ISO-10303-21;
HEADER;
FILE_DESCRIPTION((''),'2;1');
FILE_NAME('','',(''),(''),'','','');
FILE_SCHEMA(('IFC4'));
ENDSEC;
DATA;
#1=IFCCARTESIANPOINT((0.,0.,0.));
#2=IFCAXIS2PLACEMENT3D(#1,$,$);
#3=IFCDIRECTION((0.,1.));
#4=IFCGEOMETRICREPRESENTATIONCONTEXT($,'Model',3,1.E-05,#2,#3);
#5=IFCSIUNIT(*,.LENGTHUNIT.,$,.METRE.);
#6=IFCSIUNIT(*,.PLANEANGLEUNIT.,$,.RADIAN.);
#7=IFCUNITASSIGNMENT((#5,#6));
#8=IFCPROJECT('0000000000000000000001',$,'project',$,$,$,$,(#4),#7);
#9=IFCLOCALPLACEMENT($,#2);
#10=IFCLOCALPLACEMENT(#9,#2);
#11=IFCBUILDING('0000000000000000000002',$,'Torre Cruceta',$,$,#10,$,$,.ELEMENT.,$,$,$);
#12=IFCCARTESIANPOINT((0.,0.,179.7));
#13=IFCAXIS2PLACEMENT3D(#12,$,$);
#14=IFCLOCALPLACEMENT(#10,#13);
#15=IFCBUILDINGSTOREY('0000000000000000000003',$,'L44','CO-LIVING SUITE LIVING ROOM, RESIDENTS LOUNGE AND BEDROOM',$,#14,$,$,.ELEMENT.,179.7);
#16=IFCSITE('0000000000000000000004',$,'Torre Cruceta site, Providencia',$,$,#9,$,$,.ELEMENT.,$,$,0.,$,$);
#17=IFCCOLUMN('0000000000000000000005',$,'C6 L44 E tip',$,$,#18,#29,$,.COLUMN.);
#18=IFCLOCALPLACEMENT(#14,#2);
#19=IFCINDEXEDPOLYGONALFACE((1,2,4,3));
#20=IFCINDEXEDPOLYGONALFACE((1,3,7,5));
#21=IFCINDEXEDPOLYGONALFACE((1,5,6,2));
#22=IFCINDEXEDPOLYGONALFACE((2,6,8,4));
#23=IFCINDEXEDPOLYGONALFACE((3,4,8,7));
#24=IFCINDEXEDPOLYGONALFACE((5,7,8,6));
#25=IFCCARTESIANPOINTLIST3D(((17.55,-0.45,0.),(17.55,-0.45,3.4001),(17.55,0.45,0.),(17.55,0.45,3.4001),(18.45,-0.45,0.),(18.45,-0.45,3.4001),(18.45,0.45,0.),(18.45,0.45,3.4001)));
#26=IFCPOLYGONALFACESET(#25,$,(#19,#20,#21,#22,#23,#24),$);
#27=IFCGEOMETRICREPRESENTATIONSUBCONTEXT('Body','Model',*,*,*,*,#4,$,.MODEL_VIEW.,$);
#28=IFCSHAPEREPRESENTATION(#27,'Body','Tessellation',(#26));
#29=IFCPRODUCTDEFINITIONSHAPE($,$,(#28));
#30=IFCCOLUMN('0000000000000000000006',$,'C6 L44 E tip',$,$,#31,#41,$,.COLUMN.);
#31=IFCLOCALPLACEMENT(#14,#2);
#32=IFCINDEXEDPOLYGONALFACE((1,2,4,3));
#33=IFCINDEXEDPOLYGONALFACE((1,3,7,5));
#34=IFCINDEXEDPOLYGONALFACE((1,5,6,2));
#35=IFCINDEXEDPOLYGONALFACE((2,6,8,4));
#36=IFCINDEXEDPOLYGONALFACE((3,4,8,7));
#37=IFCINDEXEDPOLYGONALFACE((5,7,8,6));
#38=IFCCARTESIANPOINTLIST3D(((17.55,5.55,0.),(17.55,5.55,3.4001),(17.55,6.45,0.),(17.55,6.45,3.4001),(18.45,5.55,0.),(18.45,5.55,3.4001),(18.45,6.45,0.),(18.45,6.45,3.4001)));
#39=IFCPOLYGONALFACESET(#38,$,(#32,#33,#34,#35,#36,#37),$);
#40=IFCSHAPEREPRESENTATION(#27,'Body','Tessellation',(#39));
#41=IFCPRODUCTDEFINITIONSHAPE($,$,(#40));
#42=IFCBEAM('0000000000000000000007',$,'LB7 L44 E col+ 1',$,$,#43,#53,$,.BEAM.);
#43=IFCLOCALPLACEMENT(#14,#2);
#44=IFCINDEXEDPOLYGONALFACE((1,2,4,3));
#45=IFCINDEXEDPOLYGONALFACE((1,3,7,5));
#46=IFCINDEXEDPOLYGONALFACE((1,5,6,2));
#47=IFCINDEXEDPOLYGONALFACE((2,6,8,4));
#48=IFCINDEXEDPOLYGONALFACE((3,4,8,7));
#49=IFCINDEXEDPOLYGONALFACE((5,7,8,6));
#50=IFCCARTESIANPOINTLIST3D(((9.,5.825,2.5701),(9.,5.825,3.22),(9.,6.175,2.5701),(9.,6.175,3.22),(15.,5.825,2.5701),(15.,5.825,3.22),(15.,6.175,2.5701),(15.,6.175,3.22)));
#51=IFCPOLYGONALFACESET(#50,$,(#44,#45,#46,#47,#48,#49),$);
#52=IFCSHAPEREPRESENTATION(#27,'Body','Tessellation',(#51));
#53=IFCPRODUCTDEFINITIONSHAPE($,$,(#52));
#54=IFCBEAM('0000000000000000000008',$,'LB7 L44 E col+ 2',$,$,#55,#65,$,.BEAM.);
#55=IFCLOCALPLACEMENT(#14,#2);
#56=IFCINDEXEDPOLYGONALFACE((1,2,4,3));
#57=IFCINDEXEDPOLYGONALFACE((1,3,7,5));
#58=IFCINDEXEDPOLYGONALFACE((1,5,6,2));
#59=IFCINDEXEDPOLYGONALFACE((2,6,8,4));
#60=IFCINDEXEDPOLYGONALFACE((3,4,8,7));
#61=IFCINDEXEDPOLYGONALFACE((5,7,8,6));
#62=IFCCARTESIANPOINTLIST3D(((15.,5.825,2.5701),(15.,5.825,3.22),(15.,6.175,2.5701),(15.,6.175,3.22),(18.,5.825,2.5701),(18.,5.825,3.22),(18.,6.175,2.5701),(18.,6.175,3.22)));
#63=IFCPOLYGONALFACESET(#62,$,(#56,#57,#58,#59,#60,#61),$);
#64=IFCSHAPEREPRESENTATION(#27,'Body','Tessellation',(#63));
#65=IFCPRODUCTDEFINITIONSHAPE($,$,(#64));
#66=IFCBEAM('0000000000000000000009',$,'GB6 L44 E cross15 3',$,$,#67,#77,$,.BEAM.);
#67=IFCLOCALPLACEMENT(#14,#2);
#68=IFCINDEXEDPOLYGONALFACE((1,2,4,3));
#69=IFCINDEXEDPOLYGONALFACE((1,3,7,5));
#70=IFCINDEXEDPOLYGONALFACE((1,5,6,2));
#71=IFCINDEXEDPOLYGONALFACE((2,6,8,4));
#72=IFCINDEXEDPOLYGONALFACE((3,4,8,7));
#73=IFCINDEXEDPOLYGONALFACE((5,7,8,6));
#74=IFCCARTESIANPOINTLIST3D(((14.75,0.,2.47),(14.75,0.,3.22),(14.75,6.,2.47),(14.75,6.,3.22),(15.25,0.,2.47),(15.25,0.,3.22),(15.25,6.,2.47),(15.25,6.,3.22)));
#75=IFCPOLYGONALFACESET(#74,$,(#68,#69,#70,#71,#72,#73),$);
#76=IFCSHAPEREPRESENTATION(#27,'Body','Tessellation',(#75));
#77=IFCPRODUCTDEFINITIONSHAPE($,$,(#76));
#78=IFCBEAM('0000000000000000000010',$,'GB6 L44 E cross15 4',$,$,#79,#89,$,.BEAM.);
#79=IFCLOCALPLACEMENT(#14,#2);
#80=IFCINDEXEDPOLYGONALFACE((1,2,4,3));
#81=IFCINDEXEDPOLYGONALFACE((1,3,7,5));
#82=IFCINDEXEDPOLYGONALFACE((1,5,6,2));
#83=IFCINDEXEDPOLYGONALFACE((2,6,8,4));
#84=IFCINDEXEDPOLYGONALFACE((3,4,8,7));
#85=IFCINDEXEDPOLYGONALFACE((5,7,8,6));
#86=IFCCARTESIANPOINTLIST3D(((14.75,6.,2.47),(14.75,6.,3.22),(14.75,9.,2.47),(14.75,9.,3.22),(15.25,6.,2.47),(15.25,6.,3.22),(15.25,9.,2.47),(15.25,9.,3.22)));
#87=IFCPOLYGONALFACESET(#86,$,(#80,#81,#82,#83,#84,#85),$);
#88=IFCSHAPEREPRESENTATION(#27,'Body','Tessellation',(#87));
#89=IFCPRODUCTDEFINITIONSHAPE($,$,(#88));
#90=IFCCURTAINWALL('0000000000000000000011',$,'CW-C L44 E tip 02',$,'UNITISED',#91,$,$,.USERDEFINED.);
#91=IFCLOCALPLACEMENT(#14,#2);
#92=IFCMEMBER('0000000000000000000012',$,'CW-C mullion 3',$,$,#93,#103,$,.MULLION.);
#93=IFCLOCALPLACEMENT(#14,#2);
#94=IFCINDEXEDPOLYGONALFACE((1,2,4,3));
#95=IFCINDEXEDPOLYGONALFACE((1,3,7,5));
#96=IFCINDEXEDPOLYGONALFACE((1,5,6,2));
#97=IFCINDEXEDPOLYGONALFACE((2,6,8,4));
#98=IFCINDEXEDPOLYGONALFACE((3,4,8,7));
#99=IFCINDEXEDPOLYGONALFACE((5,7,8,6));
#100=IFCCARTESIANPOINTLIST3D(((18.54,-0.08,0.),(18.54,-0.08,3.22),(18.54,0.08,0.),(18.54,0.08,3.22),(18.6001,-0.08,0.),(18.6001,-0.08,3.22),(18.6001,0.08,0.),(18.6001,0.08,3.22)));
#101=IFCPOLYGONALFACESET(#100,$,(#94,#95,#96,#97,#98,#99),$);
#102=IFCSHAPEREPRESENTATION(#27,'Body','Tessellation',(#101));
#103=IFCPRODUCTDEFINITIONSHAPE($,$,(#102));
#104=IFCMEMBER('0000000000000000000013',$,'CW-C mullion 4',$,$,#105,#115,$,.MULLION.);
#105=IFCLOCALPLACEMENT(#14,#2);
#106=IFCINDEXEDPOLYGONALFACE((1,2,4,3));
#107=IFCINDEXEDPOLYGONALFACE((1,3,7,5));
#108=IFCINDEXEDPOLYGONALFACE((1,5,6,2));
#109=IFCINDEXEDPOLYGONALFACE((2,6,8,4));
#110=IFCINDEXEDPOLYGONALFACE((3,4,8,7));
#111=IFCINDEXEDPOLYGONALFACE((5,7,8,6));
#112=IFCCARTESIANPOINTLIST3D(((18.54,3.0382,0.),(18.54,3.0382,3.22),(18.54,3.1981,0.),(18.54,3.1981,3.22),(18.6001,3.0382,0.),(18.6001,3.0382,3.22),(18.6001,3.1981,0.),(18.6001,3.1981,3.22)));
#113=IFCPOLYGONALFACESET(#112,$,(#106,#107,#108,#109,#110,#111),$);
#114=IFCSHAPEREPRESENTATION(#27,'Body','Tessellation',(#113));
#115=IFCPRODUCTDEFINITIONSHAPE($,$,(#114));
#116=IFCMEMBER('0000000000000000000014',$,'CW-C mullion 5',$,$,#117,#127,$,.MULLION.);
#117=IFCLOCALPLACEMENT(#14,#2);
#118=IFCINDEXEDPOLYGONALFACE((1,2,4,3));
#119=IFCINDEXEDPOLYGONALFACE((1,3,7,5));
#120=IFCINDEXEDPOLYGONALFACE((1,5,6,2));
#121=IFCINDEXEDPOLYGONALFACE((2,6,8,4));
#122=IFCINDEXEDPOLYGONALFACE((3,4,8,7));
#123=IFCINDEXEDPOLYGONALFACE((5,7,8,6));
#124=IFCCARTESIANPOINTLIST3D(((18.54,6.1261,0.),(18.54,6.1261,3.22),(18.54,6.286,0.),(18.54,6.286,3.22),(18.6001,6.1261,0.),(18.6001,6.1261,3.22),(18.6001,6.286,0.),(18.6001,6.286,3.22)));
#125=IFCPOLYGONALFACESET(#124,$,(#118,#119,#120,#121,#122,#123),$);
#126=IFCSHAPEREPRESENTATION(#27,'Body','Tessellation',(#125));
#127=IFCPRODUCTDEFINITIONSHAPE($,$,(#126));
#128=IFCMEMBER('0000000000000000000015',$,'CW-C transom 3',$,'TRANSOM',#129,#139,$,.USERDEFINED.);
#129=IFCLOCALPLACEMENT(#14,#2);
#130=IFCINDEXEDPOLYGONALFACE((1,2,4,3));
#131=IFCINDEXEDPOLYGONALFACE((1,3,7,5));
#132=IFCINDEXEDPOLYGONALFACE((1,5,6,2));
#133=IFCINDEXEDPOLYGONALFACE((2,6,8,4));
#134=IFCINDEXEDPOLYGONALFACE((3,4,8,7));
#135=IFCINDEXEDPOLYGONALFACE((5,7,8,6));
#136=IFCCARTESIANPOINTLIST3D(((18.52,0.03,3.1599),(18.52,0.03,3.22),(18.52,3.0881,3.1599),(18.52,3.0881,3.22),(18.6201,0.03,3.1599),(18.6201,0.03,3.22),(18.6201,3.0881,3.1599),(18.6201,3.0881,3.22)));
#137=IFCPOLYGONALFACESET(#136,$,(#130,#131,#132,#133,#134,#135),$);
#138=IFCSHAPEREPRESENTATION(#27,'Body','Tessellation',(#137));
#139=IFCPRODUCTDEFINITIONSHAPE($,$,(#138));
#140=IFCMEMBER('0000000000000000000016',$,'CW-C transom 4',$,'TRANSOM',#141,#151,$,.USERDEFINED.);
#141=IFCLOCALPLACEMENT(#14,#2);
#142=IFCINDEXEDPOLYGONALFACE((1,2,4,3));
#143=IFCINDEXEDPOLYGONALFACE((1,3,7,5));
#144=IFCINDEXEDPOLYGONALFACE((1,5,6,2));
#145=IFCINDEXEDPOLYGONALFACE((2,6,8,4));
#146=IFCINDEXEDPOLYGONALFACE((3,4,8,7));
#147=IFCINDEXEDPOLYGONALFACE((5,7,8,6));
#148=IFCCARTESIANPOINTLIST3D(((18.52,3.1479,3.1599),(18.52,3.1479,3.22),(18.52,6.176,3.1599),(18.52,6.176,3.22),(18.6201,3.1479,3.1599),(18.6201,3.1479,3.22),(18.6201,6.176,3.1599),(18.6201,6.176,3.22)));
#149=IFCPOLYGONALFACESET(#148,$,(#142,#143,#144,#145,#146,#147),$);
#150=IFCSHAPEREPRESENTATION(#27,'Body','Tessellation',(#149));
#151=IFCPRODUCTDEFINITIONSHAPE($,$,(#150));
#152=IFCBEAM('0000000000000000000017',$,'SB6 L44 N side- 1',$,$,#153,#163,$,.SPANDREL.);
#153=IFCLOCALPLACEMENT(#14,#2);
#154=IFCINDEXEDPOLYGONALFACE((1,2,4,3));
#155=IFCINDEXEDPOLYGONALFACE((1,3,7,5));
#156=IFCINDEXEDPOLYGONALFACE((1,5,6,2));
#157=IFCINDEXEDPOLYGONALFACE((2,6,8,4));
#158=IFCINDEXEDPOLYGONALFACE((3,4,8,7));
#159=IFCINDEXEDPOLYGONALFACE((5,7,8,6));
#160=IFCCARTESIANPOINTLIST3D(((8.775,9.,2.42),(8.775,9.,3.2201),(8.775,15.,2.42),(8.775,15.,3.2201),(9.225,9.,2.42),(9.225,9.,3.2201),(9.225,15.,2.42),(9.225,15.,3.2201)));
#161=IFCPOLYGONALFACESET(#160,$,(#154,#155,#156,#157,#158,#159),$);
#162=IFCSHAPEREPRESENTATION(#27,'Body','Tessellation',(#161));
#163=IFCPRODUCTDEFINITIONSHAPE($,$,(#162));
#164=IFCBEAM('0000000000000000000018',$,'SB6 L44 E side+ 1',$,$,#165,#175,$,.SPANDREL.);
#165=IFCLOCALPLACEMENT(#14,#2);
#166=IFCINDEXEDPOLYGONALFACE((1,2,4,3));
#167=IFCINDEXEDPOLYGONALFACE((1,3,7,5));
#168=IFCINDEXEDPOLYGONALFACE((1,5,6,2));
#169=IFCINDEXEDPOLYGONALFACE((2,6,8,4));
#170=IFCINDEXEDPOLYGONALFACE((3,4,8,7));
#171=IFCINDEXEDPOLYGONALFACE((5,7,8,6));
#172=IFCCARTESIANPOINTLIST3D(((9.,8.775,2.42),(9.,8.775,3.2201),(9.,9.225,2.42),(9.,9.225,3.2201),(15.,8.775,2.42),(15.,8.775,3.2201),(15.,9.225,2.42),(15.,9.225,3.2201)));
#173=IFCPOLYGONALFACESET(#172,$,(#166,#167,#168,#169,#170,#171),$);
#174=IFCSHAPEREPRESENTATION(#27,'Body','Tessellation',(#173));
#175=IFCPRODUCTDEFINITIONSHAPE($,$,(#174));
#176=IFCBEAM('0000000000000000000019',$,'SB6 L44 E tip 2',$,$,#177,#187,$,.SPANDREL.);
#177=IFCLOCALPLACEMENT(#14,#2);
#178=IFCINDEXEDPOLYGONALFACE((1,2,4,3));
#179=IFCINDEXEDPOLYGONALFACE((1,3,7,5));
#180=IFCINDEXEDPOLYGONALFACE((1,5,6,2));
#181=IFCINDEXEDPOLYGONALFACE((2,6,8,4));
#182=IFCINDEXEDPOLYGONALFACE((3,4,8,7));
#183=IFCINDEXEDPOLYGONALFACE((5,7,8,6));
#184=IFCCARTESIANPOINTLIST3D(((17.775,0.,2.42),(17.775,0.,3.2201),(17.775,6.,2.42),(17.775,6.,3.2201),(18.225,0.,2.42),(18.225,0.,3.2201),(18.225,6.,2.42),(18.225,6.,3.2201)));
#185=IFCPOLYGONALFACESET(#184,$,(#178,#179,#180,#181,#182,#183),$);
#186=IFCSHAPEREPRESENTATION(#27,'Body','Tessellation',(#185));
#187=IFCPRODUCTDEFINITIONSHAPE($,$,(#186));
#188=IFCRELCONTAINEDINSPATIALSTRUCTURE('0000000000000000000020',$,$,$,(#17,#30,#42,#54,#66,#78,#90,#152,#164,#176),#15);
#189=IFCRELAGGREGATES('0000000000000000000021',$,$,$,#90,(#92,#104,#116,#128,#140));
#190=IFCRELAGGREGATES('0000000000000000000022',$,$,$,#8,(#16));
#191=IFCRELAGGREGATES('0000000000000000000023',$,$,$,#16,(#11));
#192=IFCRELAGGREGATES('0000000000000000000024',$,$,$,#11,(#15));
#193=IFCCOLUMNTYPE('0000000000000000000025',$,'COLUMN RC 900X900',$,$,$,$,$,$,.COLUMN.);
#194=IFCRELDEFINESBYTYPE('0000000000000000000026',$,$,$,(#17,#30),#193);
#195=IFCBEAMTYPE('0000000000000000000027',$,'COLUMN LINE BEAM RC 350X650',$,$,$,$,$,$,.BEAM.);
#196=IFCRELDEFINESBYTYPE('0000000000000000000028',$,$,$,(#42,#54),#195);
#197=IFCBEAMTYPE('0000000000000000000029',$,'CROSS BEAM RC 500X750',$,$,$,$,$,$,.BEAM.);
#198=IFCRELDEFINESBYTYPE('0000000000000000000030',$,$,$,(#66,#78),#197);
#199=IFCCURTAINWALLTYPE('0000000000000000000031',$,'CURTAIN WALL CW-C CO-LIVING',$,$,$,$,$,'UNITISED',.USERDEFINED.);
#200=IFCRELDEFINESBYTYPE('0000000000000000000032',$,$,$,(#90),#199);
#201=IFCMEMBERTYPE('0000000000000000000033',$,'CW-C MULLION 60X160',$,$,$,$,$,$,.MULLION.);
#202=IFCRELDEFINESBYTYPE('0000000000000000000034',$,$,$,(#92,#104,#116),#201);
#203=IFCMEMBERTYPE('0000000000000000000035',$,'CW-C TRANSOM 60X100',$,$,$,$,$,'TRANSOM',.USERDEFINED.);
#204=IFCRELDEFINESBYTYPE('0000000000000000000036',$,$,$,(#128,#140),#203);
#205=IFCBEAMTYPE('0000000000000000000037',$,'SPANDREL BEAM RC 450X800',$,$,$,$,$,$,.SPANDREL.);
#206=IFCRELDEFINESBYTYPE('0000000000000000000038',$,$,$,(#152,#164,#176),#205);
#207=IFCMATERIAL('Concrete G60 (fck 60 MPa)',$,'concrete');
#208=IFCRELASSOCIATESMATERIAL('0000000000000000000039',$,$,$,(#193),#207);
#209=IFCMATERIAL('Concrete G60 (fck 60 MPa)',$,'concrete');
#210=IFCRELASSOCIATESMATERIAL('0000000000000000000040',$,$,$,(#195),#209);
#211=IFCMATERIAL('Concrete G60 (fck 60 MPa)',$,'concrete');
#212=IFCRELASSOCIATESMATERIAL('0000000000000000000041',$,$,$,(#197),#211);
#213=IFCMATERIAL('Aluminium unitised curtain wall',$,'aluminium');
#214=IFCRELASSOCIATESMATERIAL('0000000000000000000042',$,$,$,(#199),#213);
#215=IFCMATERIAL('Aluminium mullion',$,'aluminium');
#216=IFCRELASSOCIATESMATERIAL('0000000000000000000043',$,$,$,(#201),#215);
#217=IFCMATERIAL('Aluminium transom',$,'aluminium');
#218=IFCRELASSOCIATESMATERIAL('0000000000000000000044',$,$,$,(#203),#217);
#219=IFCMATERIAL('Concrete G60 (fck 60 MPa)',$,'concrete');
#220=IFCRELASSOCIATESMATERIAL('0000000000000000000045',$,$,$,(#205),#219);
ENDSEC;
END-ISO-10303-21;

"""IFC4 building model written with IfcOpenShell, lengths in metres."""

from ifc_helpers import new_model, si_unit, direction, frame, origin, origin_2d, place, context, subcontext, project, spatial, rectangle, extrude, material, material_profile, profile_set, type_object, element, aggregate, save


model = new_model("IFC4")

# Units and contexts
model_context = context("Model", 3, precision=1e-05, world=origin(), true_north=direction((0.0, 1.0)))
body_context = subcontext(model_context, "Body", "Model", "MODEL_VIEW")
ifc_project = project(units=[si_unit("LENGTHUNIT", "METRE"), si_unit("PLANEANGLEUNIT", "RADIAN")], contexts=[model_context])

# Site, building, storey
site_placement = place(None, origin())
site = spatial("IfcSite", under=ifc_project, at=site_placement, Name="Torre Cruceta site, Providencia", CompositionType="ELEMENT", RefElevation=0.0)
building_placement = place(site_placement, origin())
building = spatial("IfcBuilding", under=site, at=building_placement, Name="Torre Cruceta", CompositionType="ELEMENT")
storey_placement = place(building_placement, frame((0.0, 0.0, 179.7)))
storey = spatial("IfcBuildingStorey", under=building, at=storey_placement, Name="L44", Description="CO-LIVING SUITE LIVING ROOM, RESIDENTS LOUNGE AND BEDROOM", CompositionType="ELEMENT", Elevation=179.7)

# Columns
ifc_material_1 = material(Name="Concrete G60 (fck 60 MPa)", Category="concrete")
ifc_material_profile_1 = material_profile(ifc_material_1, rectangle(XDim=0.8999, YDim=0.8999, at=origin_2d()), Name="RC 900X900")
ifc_profile_set_1 = profile_set([ifc_material_profile_1], Name="Concrete G60 (fck 60 MPa)")
column_type = type_object("IfcColumnType", Name="COLUMN RC 900X900", PredefinedType="COLUMN", material=ifc_profile_set_1)
for number, where, z_axis, x_axis, name in (
    (1, (18.0, 0.0, 0.0), (0.0, 0.0, 1.0), (1.0, 0.0, 0.0), "C6 L44 E tip"),
    (2, (18.0, 6.0, 0.0), (0.0, 0.0, 1.0), (1.0, 0.0, 0.0), "C6 L44 E tip"),
):
    element("IfcColumn", number, at=place(storey_placement, frame(where, z_axis=z_axis, x_axis=x_axis)), inside=storey, type_object=column_type, Name=name, PredefinedType="COLUMN", context=body_context, shape_type="SweptSolid", body=[
        extrude(rectangle(XDim=0.8999, YDim=0.8999, at=origin_2d()), origin(), (0.0, 0.0, 1.0), 3.4001),
    ])

# Beams
ifc_material_2 = material(Name="Concrete G60 (fck 60 MPa)", Category="concrete")
ifc_material_profile_2 = material_profile(ifc_material_2, rectangle(XDim=0.3501, YDim=0.6499, at=origin_2d()), Name="RC 350X650")
ifc_profile_set_2 = profile_set([ifc_material_profile_2], Name="Concrete G60 (fck 60 MPa)")
beam_type_1 = type_object("IfcBeamType", Name="COLUMN LINE BEAM RC 350X650", PredefinedType="BEAM", material=ifc_profile_set_2)
beam_1_placement = place(storey_placement, frame((9.0, 6.0, 2.895), z_axis=(1.0, 0.0, 0.0), x_axis=(0.0, 1.0, 0.0)))
element("IfcBeam", 3, at=beam_1_placement, inside=storey, type_object=beam_type_1, Name="LB7 L44 E col+ 1", PredefinedType="BEAM", context=body_context, shape_type="SweptSolid", body=[
    extrude(rectangle(XDim=0.3501, YDim=0.6499, at=origin_2d()), origin(), (0.0, 0.0, 1.0), 6.0),
])
beam_2_placement = place(storey_placement, frame((15.0, 6.0, 2.895), z_axis=(1.0, 0.0, 0.0), x_axis=(0.0, 1.0, 0.0)))
element("IfcBeam", 4, at=beam_2_placement, inside=storey, type_object=beam_type_1, Name="LB7 L44 E col+ 2", PredefinedType="BEAM", context=body_context, shape_type="SweptSolid", body=[
    extrude(rectangle(XDim=0.3501, YDim=0.6499, at=origin_2d()), origin(), (0.0, 0.0, 1.0), 3.0),
])
ifc_material_3 = material(Name="Concrete G60 (fck 60 MPa)", Category="concrete")
ifc_material_profile_3 = material_profile(ifc_material_3, rectangle(XDim=0.5, YDim=0.75, at=origin_2d()), Name="RC 500X750")
ifc_profile_set_3 = profile_set([ifc_material_profile_3], Name="Concrete G60 (fck 60 MPa)")
beam_type_2 = type_object("IfcBeamType", Name="CROSS BEAM RC 500X750", PredefinedType="BEAM", material=ifc_profile_set_3)
beam_3_placement = place(storey_placement, frame((15.0, 0.0, 2.845), z_axis=(0.0, 1.0, 0.0), x_axis=(-1.0, 0.0, 0.0)))
element("IfcBeam", 5, at=beam_3_placement, inside=storey, type_object=beam_type_2, Name="GB6 L44 E cross15 3", PredefinedType="BEAM", context=body_context, shape_type="SweptSolid", body=[
    extrude(rectangle(XDim=0.5, YDim=0.75, at=origin_2d()), origin(), (0.0, 0.0, 1.0), 6.0),
])
beam_4_placement = place(storey_placement, frame((15.0, 6.0, 2.845), z_axis=(0.0, 1.0, 0.0), x_axis=(-1.0, 0.0, 0.0)))
element("IfcBeam", 6, at=beam_4_placement, inside=storey, type_object=beam_type_2, Name="GB6 L44 E cross15 4", PredefinedType="BEAM", context=body_context, shape_type="SweptSolid", body=[
    extrude(rectangle(XDim=0.5, YDim=0.75, at=origin_2d()), origin(), (0.0, 0.0, 1.0), 3.0),
])

# Curtain wall, members
ifc_material_4 = material(Name="Aluminium unitised curtain wall", Category="aluminium")
curtain_wall_type = type_object("IfcCurtainWallType", Name="CURTAIN WALL CW-C CO-LIVING", ElementType="UNITISED", PredefinedType="USERDEFINED", material=ifc_material_4)
curtain_wall_placement = place(storey_placement, origin())
curtain_wall = element("IfcCurtainWall", 7, at=curtain_wall_placement, inside=storey, type_object=curtain_wall_type, Name="CW-C L44 E tip 02", ObjectType="UNITISED", PredefinedType="USERDEFINED")
ifc_material_5 = material(Name="Aluminium mullion", Category="aluminium")
ifc_material_profile_4 = material_profile(ifc_material_5, rectangle(XDim=0.0601, YDim=0.1599, at=origin_2d()), Name="AL 60X160")
ifc_profile_set_4 = profile_set([ifc_material_profile_4], Name="Aluminium mullion")
member_type_1 = type_object("IfcMemberType", Name="CW-C MULLION 60X160", PredefinedType="MULLION", material=ifc_profile_set_4)
member_1_placement = place(storey_placement, frame((18.5701, 0.0, 0.0), z_axis=(0.0, 0.0, 1.0), x_axis=(-1.0, 0.0, 0.0)))
member_1 = element("IfcMember", 8, at=member_1_placement, type_object=member_type_1, Name="CW-C mullion 3", PredefinedType="MULLION", context=body_context, shape_type="SweptSolid", body=[
    extrude(rectangle(XDim=0.0601, YDim=0.1599, at=origin_2d()), origin(), (0.0, 0.0, 1.0), 3.22),
])
member_2_placement = place(storey_placement, frame((18.5701, 3.1182, 0.0), z_axis=(0.0, 0.0, 1.0), x_axis=(-1.0, 0.0, 0.0)))
member_2 = element("IfcMember", 9, at=member_2_placement, type_object=member_type_1, Name="CW-C mullion 4", PredefinedType="MULLION", context=body_context, shape_type="SweptSolid", body=[
    extrude(rectangle(XDim=0.0601, YDim=0.1599, at=origin_2d()), origin(), (0.0, 0.0, 1.0), 3.22),
])
member_3_placement = place(storey_placement, frame((18.5701, 6.2061, 0.0), z_axis=(0.0, 0.0, 1.0), x_axis=(-1.0, 0.0, 0.0)))
member_3 = element("IfcMember", 10, at=member_3_placement, type_object=member_type_1, Name="CW-C mullion 5", PredefinedType="MULLION", context=body_context, shape_type="SweptSolid", body=[
    extrude(rectangle(XDim=0.0601, YDim=0.1599, at=origin_2d()), origin(), (0.0, 0.0, 1.0), 3.22),
])
ifc_material_6 = material(Name="Aluminium transom", Category="aluminium")
ifc_material_profile_5 = material_profile(ifc_material_6, rectangle(XDim=0.1001, YDim=0.0601, at=origin_2d()), Name="AL 100X60")
ifc_profile_set_5 = profile_set([ifc_material_profile_5], Name="Aluminium transom")
member_type_2 = type_object("IfcMemberType", Name="CW-C TRANSOM 60X100", ElementType="TRANSOM", PredefinedType="USERDEFINED", material=ifc_profile_set_5)
member_4_placement = place(storey_placement, frame((18.5701, 0.03, 3.1899), z_axis=(0.0, 1.0, 0.0), x_axis=(-1.0, 0.0, 0.0)))
member_4 = element("IfcMember", 11, at=member_4_placement, type_object=member_type_2, Name="CW-C transom 3", ObjectType="TRANSOM", PredefinedType="USERDEFINED", context=body_context, shape_type="SweptSolid", body=[
    extrude(rectangle(XDim=0.1001, YDim=0.0601, at=origin_2d()), origin(), (0.0, 0.0, 1.0), 3.0581),
])
member_5_placement = place(storey_placement, frame((18.5701, 3.1479, 3.1899), z_axis=(0.0, 1.0, 0.0), x_axis=(-1.0, 0.0, 0.0)))
member_5 = element("IfcMember", 12, at=member_5_placement, type_object=member_type_2, Name="CW-C transom 4", ObjectType="TRANSOM", PredefinedType="USERDEFINED", context=body_context, shape_type="SweptSolid", body=[
    extrude(rectangle(XDim=0.1001, YDim=0.0601, at=origin_2d()), origin(), (0.0, 0.0, 1.0), 3.0281),
])

# Beams
ifc_material_7 = material(Name="Concrete G60 (fck 60 MPa)", Category="concrete")
ifc_material_profile_6 = material_profile(ifc_material_7, rectangle(XDim=0.45, YDim=0.8, at=origin_2d()), Name="RC 450X800")
ifc_profile_set_6 = profile_set([ifc_material_profile_6], Name="Concrete G60 (fck 60 MPa)")
beam_type_3 = type_object("IfcBeamType", Name="SPANDREL BEAM RC 450X800", PredefinedType="SPANDREL", material=ifc_profile_set_6)
for number, where, z_axis, x_axis, name in (
    (13, (9.0, 9.0, 2.8201), (0.0, 1.0, 0.0), (-1.0, 0.0, 0.0), "SB6 L44 N side- 1"),
    (14, (9.0, 9.0, 2.8201), (1.0, 0.0, 0.0), (0.0, 1.0, 0.0), "SB6 L44 E side+ 1"),
    (15, (18.0, 0.0, 2.8201), (0.0, 1.0, 0.0), (-1.0, 0.0, 0.0), "SB6 L44 E tip 2"),
):
    element("IfcBeam", number, at=place(storey_placement, frame(where, z_axis=z_axis, x_axis=x_axis)), inside=storey, type_object=beam_type_3, Name=name, PredefinedType="SPANDREL", context=body_context, shape_type="SweptSolid", body=[
        extrude(rectangle(XDim=0.45, YDim=0.8, at=origin_2d()), origin(), (0.0, 0.0, 1.0), 6.0),
    ])

aggregate(curtain_wall, [member_1, member_2, member_3, member_4, member_5])

save(model, "model.ifc")
